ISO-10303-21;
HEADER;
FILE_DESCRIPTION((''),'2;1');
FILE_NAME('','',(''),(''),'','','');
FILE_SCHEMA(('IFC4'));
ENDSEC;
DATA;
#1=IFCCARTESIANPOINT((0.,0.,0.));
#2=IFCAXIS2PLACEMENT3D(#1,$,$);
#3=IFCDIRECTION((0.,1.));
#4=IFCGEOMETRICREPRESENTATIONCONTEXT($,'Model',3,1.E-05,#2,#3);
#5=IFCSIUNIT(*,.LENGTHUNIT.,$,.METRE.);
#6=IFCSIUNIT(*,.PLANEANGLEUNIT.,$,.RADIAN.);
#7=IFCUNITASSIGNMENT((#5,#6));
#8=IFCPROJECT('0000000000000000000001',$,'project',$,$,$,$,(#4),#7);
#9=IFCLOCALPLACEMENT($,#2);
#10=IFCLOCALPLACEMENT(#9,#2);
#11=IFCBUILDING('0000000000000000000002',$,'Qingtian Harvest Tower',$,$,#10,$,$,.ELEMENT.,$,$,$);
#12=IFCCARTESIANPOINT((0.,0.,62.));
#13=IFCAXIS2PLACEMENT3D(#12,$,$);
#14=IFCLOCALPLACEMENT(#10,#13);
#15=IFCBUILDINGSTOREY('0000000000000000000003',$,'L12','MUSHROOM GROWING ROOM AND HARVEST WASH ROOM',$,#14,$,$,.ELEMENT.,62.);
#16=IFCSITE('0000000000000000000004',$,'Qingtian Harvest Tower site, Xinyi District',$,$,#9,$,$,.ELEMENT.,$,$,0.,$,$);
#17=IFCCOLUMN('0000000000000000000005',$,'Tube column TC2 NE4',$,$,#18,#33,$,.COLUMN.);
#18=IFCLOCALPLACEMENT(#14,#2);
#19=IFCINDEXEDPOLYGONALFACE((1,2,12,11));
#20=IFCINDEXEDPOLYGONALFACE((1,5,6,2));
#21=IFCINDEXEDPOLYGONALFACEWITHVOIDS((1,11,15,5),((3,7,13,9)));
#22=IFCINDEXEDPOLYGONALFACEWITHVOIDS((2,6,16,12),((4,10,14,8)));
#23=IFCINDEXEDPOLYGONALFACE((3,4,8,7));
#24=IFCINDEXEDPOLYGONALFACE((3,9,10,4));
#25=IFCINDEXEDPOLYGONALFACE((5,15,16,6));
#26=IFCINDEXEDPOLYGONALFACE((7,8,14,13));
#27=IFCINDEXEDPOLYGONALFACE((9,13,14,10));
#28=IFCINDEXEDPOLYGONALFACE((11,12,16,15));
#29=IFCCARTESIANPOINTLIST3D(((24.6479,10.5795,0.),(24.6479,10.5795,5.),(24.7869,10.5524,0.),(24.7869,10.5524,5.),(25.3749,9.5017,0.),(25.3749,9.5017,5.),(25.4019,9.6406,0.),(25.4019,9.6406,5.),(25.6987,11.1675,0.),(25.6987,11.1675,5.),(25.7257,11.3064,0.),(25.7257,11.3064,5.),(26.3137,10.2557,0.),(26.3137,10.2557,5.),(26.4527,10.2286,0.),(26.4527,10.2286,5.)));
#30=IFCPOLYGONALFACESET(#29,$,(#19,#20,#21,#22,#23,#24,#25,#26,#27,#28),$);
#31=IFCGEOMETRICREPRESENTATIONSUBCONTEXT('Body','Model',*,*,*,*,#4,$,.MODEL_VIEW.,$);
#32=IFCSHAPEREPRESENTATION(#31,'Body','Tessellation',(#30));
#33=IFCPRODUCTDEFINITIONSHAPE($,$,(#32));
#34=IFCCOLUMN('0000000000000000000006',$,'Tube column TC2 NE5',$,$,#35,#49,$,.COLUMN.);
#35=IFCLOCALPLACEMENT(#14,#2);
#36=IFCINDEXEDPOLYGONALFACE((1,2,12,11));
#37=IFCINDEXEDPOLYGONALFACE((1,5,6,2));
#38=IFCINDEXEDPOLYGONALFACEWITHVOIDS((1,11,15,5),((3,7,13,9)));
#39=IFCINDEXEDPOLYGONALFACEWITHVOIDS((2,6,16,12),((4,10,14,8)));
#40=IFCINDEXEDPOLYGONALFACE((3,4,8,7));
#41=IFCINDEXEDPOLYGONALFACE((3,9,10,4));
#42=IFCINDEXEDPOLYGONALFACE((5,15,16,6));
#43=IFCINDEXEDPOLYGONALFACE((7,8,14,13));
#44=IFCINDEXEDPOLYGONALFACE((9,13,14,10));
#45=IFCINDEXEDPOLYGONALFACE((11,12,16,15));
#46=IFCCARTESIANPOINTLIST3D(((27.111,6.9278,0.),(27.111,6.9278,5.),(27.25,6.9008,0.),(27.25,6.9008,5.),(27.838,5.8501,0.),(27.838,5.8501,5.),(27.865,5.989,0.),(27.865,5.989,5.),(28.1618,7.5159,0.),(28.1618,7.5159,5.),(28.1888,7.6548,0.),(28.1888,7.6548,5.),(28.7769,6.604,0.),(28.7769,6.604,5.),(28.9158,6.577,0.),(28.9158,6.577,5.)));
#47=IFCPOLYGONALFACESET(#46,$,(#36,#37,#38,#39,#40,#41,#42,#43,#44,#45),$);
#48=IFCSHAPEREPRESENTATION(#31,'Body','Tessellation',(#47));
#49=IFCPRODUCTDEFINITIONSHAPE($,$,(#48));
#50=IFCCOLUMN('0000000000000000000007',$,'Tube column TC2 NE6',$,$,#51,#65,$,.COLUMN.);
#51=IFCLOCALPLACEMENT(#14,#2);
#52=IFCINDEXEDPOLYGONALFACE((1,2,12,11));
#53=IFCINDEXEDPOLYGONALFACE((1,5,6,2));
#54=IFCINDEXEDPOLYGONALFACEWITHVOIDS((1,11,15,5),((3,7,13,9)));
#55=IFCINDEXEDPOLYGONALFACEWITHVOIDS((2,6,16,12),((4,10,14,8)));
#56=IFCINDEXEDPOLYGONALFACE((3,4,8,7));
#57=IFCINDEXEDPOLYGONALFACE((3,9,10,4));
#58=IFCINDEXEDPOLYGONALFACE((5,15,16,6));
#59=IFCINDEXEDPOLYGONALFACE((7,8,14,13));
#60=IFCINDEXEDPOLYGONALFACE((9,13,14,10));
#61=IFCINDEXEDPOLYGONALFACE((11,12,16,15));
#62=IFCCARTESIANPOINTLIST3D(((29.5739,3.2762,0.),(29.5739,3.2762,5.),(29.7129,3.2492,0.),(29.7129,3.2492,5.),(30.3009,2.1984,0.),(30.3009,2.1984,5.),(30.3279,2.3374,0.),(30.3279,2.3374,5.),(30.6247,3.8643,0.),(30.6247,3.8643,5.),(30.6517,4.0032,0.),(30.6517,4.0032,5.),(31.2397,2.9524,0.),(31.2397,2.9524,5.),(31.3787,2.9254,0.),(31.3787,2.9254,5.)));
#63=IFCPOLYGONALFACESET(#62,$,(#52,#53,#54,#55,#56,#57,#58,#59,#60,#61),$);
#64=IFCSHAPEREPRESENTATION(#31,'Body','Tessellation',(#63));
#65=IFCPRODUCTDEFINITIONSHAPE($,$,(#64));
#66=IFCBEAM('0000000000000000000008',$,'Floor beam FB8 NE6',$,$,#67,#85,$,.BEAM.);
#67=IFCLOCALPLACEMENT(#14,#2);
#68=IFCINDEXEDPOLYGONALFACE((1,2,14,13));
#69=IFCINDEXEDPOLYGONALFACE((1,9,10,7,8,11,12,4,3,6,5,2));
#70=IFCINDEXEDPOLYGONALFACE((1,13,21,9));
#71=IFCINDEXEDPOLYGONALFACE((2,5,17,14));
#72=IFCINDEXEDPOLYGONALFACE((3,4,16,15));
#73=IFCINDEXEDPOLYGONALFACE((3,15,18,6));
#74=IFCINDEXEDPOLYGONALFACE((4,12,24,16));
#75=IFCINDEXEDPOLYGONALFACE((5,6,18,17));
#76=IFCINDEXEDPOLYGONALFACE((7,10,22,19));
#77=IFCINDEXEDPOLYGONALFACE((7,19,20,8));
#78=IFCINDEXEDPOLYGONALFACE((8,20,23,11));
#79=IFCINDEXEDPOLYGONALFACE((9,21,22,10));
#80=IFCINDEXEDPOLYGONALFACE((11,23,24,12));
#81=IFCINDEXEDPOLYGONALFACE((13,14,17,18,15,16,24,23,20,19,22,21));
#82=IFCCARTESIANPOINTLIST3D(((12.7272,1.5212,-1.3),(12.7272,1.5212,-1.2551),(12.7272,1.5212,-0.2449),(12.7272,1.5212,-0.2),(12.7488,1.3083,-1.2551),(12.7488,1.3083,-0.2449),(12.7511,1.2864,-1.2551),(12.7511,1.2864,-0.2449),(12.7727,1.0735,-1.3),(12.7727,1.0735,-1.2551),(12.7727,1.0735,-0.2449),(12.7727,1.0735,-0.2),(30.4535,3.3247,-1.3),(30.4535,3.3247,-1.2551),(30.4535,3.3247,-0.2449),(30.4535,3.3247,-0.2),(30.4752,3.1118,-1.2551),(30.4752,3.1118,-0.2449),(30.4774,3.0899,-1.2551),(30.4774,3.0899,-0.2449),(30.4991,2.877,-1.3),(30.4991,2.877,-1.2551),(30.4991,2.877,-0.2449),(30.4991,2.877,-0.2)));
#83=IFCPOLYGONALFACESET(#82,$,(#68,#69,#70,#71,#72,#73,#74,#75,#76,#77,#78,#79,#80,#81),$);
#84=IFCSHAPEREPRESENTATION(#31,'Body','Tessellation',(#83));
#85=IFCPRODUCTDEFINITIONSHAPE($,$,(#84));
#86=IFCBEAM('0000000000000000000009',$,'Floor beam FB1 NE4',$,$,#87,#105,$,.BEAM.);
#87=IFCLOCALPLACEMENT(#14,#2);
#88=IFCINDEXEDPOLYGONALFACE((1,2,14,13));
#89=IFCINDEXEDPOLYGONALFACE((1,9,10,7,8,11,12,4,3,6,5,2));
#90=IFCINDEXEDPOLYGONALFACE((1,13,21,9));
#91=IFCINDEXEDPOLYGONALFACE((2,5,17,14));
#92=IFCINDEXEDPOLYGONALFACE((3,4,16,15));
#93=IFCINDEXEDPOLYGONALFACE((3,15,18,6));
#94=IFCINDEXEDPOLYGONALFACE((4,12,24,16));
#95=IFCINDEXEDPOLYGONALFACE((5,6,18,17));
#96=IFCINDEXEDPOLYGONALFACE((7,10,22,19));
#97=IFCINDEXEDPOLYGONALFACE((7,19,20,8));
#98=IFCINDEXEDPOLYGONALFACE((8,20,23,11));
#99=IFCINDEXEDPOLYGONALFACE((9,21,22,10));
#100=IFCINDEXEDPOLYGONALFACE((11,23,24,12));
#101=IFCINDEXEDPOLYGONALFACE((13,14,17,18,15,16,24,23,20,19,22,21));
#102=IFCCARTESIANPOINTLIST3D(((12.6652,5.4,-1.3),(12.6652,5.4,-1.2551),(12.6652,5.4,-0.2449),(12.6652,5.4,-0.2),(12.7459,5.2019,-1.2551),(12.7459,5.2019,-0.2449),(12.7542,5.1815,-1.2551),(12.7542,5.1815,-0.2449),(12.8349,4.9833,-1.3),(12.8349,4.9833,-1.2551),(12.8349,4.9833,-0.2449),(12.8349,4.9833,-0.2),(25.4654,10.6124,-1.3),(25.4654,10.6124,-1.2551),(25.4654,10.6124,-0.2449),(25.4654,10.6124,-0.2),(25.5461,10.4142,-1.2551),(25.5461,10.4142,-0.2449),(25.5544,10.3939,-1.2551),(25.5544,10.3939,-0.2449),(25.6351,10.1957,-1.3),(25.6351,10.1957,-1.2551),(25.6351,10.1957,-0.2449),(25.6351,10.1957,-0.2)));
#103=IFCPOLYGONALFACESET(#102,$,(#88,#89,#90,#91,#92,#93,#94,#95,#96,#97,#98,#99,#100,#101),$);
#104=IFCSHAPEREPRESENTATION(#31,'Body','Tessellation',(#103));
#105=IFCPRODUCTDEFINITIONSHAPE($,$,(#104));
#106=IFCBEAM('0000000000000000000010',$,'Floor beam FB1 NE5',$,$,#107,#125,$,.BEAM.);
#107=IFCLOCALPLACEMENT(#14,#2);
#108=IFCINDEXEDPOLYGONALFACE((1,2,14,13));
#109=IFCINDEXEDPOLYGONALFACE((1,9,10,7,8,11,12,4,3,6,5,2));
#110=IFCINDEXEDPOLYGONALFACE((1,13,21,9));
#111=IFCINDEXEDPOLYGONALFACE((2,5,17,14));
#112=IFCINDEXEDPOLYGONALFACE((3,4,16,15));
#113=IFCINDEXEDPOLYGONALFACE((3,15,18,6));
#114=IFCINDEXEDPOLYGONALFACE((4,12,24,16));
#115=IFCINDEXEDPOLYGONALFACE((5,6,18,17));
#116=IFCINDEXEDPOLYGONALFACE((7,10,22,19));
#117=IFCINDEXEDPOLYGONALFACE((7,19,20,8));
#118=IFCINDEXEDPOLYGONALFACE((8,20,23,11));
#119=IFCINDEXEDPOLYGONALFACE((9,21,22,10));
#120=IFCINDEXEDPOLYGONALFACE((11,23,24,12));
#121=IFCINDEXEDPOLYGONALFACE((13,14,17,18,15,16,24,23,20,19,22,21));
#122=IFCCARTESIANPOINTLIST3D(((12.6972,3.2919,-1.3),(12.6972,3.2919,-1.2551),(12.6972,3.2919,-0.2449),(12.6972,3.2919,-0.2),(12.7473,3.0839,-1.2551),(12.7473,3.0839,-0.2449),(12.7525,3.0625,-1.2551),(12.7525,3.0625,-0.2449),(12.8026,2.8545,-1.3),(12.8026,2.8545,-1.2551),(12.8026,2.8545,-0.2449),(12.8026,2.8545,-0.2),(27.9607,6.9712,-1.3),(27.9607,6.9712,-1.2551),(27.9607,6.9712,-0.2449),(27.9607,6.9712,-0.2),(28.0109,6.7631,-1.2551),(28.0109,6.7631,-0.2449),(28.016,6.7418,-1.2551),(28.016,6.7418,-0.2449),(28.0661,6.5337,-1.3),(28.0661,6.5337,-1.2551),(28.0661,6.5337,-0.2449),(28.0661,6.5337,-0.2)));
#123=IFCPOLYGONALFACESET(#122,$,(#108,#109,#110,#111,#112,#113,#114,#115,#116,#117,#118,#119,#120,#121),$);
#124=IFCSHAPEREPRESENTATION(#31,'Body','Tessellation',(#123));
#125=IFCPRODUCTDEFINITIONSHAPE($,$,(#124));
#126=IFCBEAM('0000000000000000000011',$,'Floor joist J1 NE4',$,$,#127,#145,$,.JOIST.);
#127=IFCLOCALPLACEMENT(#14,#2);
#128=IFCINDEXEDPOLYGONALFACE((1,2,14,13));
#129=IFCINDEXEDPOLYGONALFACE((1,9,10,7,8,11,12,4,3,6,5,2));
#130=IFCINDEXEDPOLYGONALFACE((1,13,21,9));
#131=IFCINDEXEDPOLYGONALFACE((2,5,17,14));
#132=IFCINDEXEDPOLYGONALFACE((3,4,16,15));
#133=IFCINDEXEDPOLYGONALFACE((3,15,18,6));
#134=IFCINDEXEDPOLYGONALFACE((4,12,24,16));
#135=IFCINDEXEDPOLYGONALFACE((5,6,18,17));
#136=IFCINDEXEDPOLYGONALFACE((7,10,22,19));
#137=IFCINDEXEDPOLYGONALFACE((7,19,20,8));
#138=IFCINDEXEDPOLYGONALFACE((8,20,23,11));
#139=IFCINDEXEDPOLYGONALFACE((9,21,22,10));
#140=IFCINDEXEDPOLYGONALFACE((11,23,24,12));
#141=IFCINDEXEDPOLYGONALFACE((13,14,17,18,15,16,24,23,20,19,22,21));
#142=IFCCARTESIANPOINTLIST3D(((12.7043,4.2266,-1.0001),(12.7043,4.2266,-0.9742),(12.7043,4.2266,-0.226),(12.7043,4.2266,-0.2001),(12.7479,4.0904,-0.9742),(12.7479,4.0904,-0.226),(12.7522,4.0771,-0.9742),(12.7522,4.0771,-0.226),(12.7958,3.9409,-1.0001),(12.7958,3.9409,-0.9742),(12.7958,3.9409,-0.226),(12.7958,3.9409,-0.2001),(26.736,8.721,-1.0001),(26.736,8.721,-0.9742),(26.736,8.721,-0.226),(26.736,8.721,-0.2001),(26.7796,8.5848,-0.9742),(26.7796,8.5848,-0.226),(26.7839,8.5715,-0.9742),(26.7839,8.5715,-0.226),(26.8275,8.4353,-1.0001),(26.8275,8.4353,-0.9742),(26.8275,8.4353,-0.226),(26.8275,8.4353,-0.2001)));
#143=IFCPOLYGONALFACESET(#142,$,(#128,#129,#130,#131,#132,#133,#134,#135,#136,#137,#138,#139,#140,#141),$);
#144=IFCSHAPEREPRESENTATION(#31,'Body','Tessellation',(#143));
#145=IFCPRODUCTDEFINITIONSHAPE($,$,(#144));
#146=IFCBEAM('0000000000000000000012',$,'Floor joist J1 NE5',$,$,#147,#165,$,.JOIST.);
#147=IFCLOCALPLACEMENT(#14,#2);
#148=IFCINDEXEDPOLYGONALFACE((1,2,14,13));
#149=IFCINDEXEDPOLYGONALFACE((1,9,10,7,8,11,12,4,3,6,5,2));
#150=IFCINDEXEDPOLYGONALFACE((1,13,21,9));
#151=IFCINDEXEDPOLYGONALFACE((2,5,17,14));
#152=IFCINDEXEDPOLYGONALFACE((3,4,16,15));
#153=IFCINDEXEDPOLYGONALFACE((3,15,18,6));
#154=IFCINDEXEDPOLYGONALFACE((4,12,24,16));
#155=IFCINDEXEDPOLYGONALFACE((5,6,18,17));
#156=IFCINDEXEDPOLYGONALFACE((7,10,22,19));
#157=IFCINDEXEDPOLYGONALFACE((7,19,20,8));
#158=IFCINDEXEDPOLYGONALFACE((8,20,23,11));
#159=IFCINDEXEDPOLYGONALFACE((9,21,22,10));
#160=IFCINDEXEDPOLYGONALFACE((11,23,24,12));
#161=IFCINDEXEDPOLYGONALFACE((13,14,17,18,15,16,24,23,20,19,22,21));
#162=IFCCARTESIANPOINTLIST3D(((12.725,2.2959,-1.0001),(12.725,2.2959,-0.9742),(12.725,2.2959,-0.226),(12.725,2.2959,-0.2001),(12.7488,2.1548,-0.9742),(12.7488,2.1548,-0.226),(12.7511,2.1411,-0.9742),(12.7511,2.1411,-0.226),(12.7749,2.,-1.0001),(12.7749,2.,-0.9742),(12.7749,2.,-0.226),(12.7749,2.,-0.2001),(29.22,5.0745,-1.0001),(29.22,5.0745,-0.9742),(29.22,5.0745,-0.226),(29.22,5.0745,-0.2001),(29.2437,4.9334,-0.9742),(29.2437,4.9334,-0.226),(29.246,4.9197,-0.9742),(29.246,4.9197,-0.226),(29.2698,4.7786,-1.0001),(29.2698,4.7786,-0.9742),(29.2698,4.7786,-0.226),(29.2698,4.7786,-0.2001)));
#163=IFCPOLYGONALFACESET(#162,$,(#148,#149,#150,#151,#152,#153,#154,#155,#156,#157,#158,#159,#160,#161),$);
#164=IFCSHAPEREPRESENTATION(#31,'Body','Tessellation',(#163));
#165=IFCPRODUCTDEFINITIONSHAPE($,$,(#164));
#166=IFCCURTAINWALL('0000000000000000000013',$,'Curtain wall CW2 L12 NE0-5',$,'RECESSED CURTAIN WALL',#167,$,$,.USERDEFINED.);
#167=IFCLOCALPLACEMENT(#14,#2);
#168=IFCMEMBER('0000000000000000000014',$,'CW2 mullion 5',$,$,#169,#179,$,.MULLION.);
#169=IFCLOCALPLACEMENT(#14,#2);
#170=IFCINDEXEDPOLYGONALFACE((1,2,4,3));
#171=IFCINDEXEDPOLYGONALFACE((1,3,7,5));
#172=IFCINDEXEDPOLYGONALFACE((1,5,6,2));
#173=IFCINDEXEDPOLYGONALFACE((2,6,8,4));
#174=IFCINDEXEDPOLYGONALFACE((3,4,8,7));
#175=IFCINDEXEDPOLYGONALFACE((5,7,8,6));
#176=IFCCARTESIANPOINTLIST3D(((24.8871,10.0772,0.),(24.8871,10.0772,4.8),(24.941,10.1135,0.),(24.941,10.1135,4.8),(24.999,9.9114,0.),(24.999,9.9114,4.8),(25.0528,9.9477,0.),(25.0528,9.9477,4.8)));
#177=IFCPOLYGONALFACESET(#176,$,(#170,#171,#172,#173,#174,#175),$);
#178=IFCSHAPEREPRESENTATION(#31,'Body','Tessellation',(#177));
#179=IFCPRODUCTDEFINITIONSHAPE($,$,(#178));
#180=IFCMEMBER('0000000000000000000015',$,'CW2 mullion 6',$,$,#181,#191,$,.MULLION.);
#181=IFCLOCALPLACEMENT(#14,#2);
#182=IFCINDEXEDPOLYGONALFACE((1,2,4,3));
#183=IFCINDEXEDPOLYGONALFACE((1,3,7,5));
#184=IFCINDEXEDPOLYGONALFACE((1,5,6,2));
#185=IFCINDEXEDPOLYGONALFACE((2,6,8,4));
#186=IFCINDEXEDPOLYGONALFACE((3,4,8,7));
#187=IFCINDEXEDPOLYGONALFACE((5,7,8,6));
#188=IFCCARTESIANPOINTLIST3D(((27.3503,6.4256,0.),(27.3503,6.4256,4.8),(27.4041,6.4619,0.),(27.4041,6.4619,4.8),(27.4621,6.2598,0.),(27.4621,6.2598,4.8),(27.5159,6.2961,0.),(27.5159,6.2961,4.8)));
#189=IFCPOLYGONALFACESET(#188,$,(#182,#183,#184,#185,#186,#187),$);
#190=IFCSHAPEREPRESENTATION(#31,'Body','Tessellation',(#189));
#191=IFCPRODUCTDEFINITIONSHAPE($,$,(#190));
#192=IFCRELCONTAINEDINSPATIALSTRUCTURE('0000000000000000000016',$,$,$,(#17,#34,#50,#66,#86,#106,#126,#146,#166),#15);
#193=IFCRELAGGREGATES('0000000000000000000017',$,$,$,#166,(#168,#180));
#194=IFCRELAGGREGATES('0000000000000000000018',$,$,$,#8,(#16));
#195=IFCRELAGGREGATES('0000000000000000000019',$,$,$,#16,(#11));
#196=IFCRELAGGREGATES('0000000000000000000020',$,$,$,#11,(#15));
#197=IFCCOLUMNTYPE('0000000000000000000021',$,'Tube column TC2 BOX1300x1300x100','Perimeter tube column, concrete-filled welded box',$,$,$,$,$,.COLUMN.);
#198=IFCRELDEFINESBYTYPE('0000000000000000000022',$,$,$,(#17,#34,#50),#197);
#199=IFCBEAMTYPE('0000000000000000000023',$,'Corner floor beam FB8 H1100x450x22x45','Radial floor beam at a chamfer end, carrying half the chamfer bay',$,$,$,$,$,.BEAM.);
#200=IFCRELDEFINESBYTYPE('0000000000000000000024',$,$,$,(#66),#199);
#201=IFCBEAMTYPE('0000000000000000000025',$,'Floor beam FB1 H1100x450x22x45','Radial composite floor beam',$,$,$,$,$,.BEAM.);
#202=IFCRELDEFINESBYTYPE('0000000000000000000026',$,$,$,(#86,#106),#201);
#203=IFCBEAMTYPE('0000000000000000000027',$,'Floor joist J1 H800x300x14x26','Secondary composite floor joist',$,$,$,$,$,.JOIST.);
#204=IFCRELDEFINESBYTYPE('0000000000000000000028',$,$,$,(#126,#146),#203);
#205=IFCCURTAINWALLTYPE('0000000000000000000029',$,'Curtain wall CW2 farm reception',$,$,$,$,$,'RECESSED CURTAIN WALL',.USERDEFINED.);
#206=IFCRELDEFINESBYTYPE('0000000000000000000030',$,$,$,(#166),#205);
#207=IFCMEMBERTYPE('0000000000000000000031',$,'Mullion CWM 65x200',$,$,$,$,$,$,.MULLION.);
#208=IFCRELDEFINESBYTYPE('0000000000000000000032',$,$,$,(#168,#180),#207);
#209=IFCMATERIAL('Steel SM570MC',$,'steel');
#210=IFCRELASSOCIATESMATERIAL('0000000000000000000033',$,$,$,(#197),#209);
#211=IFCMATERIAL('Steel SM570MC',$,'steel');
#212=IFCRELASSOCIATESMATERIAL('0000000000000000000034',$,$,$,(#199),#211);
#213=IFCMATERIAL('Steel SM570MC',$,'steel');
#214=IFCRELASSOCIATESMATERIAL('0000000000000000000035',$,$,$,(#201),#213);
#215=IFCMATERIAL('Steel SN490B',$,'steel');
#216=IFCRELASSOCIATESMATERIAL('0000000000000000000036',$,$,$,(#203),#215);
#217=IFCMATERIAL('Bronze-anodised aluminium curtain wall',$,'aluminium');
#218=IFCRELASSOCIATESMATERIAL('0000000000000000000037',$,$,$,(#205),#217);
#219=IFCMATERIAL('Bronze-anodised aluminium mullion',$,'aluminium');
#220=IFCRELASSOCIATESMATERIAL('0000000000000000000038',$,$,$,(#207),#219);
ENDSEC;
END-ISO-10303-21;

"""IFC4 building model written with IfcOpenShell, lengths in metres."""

from ifc_helpers import new_model, si_unit, direction, frame, origin, origin_2d, place, context, subcontext, project, spatial, rectangle, hollow_rectangle, i_section, extrude, material, material_profile, profile_set, type_object, element, aggregate, save


model = new_model("IFC4")

# Units and contexts
model_context = context("Model", 3, precision=1e-05, world=origin(), true_north=direction((0.0, 1.0)))
body_context = subcontext(model_context, "Body", "Model", "MODEL_VIEW")
ifc_project = project(units=[si_unit("LENGTHUNIT", "METRE"), si_unit("PLANEANGLEUNIT", "RADIAN")], contexts=[model_context])

# Site, building, storey
site_placement = place(None, origin())
site = spatial("IfcSite", under=ifc_project, at=site_placement, Name="Qingtian Harvest Tower site, Xinyi District", CompositionType="ELEMENT", RefElevation=0.0)
building_placement = place(site_placement, origin())
building = spatial("IfcBuilding", under=site, at=building_placement, Name="Qingtian Harvest Tower", CompositionType="ELEMENT")
storey_placement = place(building_placement, frame((0.0, 0.0, 62.0)))
storey = spatial("IfcBuildingStorey", under=building, at=storey_placement, Name="L12", Description="MUSHROOM GROWING ROOM AND HARVEST WASH ROOM", CompositionType="ELEMENT", Elevation=62.0)

# Columns
ifc_material_1 = material(Name="Steel SM570MC", Category="steel")
ifc_material_profile_1 = material_profile(ifc_material_1, hollow_rectangle(XDim=1.3, YDim=1.3, WallThickness=0.1001, at=origin_2d()), Name="BOX1300x1300x100")
ifc_profile_set_1 = profile_set([ifc_material_profile_1], Name="Steel SM570MC")
column_type = type_object("IfcColumnType", Name="Tube column TC2 BOX1300x1300x100", Description="Perimeter tube column, concrete-filled welded box", PredefinedType="COLUMN", material=ifc_profile_set_1)
for number, where, z_axis, x_axis, name in (
    (1, (25.5503, 10.4041, 0.0), (0.0, 0.0, 1.0), (-0.559193, 0.829038, 0.0), "Tube column TC2 NE4"),
    (2, (28.0134, 6.7524, 0.0), (0.0, 0.0, 1.0), (-0.559193, 0.829038, 0.0), "Tube column TC2 NE5"),
    (3, (30.4763, 3.1008, 0.0), (0.0, 0.0, 1.0), (-0.559193, 0.829038, 0.0), "Tube column TC2 NE6"),
):
    element("IfcColumn", number, at=place(storey_placement, frame(where, z_axis=z_axis, x_axis=x_axis)), inside=storey, type_object=column_type, Name=name, PredefinedType="COLUMN", context=body_context, shape_type="SweptSolid", body=[
        extrude(hollow_rectangle(XDim=1.3, YDim=1.3, WallThickness=0.1001, at=origin_2d()), origin(), (0.0, 0.0, 1.0), 5.0),
    ])

# Beams
ifc_material_2 = material(Name="Steel SM570MC", Category="steel")
ifc_material_profile_2 = material_profile(ifc_material_2, i_section(OverallWidth=0.45, OverallDepth=1.1001, WebThickness=0.022, FlangeThickness=0.0449, at=origin_2d()), Name="H1100x450x22x45")
ifc_profile_set_2 = profile_set([ifc_material_profile_2], Name="Steel SM570MC")
beam_type_1 = type_object("IfcBeamType", Name="Corner floor beam FB8 H1100x450x22x45", Description="Radial floor beam at a chamfer end, carrying half the chamfer bay", PredefinedType="BEAM", material=ifc_profile_set_2)
beam_1_placement = place(storey_placement, frame((30.4763, 3.1008, -0.75), z_axis=(-0.994864, -0.101217, 0.0), x_axis=(0.101217, -0.994864, 0.0)))
element("IfcBeam", 4, at=beam_1_placement, inside=storey, type_object=beam_type_1, Name="Floor beam FB8 NE6", PredefinedType="BEAM", context=body_context, shape_type="SweptSolid", body=[
    extrude(i_section(OverallWidth=0.45, OverallDepth=1.1001, WebThickness=0.022, FlangeThickness=0.0449, at=origin_2d()), origin(), (0.0, 0.0, 1.0), 17.8179),
])
ifc_material_3 = material(Name="Steel SM570MC", Category="steel")
ifc_material_profile_3 = material_profile(ifc_material_3, i_section(OverallWidth=0.45, OverallDepth=1.1001, WebThickness=0.022, FlangeThickness=0.0449, at=origin_2d()), Name="H1100x450x22x45")
ifc_profile_set_3 = profile_set([ifc_material_profile_3], Name="Steel SM570MC")
beam_type_2 = type_object("IfcBeamType", Name="Floor beam FB1 H1100x450x22x45", Description="Radial composite floor beam", PredefinedType="BEAM", material=ifc_profile_set_3)
beam_2_placement = place(storey_placement, frame((25.5503, 10.4041, -0.75), z_axis=(-0.926156, -0.37714, 0.0), x_axis=(0.37714, -0.926156, 0.0)))
element("IfcBeam", 5, at=beam_2_placement, inside=storey, type_object=beam_type_2, Name="Floor beam FB1 NE4", PredefinedType="BEAM", context=body_context, shape_type="SweptSolid", body=[
    extrude(i_section(OverallWidth=0.45, OverallDepth=1.1001, WebThickness=0.022, FlangeThickness=0.0449, at=origin_2d()), origin(), (0.0, 0.0, 1.0), 13.8208),
])
beam_3_placement = place(storey_placement, frame((28.0134, 6.7524, -0.75), z_axis=(-0.972156, -0.234335, 0.0), x_axis=(0.234335, -0.972156, 0.0)))
element("IfcBeam", 6, at=beam_3_placement, inside=storey, type_object=beam_type_2, Name="Floor beam FB1 NE5", PredefinedType="BEAM", context=body_context, shape_type="SweptSolid", body=[
    extrude(i_section(OverallWidth=0.45, OverallDepth=1.1001, WebThickness=0.022, FlangeThickness=0.0449, at=origin_2d()), origin(), (0.0, 0.0, 1.0), 15.7007),
])
ifc_material_4 = material(Name="Steel SN490B", Category="steel")
ifc_material_profile_4 = material_profile(ifc_material_4, i_section(OverallWidth=0.3, OverallDepth=0.8, WebThickness=0.0139, FlangeThickness=0.0259, at=origin_2d()), Name="H800x300x14x26")
ifc_profile_set_4 = profile_set([ifc_material_profile_4], Name="Steel SN490B")
beam_type_3 = type_object("IfcBeamType", Name="Floor joist J1 H800x300x14x26", Description="Secondary composite floor joist", PredefinedType="JOIST", material=ifc_profile_set_4)
beam_4_placement = place(storey_placement, frame((26.7817, 8.5781, -0.6001), z_axis=(-0.952341, -0.305036, 0.0), x_axis=(0.305036, -0.952341, 0.0)))
element("IfcBeam", 7, at=beam_4_placement, inside=storey, type_object=beam_type_3, Name="Floor joist J1 NE4", PredefinedType="JOIST", context=body_context, shape_type="SweptSolid", body=[
    extrude(i_section(OverallWidth=0.3, OverallDepth=0.8, WebThickness=0.0139, FlangeThickness=0.0259, at=origin_2d()), origin(), (0.0, 0.0, 1.0), 14.7339),
])
beam_5_placement = place(storey_placement, frame((29.2449, 4.9265, -0.6001), z_axis=(-0.986107, -0.16611, 0.0), x_axis=(0.16611, -0.986107, 0.0)))
element("IfcBeam", 8, at=beam_5_placement, inside=storey, type_object=beam_type_3, Name="Floor joist J1 NE5", PredefinedType="JOIST", context=body_context, shape_type="SweptSolid", body=[
    extrude(i_section(OverallWidth=0.3, OverallDepth=0.8, WebThickness=0.0139, FlangeThickness=0.0259, at=origin_2d()), origin(), (0.0, 0.0, 1.0), 16.7273),
])

# Curtain wall, members
ifc_material_5 = material(Name="Bronze-anodised aluminium curtain wall", Category="aluminium")
curtain_wall_type = type_object("IfcCurtainWallType", Name="Curtain wall CW2 farm reception", ElementType="RECESSED CURTAIN WALL", PredefinedType="USERDEFINED", material=ifc_material_5)
curtain_wall_1_placement = place(storey_placement, origin())
curtain_wall_1 = element("IfcCurtainWall", 9, at=curtain_wall_1_placement, inside=storey, type_object=curtain_wall_type, Name="Curtain wall CW2 L12 NE0-5", ObjectType="RECESSED CURTAIN WALL", PredefinedType="USERDEFINED")
ifc_material_6 = material(Name="Bronze-anodised aluminium mullion", Category="aluminium")
ifc_material_profile_5 = material_profile(ifc_material_6, rectangle(XDim=0.0649, YDim=0.2, at=origin_2d()), Name="AL 65x200")
ifc_profile_set_5 = profile_set([ifc_material_profile_5], Name="Bronze-anodised aluminium mullion")
member_type_1 = type_object("IfcMemberType", Name="Mullion CWM 65x200", PredefinedType="MULLION", material=ifc_profile_set_5)
member_1_placement = place(storey_placement, frame((24.97, 10.0125, 0.0), z_axis=(0.0, 0.0, 1.0), x_axis=(0.829038, 0.559193, 0.0)))
member_1 = element("IfcMember", 10, at=member_1_placement, type_object=member_type_1, Name="CW2 mullion 5", PredefinedType="MULLION", context=body_context, shape_type="SweptSolid", body=[
    extrude(rectangle(XDim=0.0649, YDim=0.2, at=origin_2d()), origin(), (0.0, 0.0, 1.0), 4.8),
])
member_2_placement = place(storey_placement, frame((27.4331, 6.3608, 0.0), z_axis=(0.0, 0.0, 1.0), x_axis=(0.829038, 0.559193, 0.0)))
member_2 = element("IfcMember", 11, at=member_2_placement, type_object=member_type_1, Name="CW2 mullion 6", PredefinedType="MULLION", context=body_context, shape_type="SweptSolid", body=[
    extrude(rectangle(XDim=0.0649, YDim=0.2, at=origin_2d()), origin(), (0.0, 0.0, 1.0), 4.8),
])

aggregate(curtain_wall_1, [member_1, member_2])

save(model, "model.ifc")
